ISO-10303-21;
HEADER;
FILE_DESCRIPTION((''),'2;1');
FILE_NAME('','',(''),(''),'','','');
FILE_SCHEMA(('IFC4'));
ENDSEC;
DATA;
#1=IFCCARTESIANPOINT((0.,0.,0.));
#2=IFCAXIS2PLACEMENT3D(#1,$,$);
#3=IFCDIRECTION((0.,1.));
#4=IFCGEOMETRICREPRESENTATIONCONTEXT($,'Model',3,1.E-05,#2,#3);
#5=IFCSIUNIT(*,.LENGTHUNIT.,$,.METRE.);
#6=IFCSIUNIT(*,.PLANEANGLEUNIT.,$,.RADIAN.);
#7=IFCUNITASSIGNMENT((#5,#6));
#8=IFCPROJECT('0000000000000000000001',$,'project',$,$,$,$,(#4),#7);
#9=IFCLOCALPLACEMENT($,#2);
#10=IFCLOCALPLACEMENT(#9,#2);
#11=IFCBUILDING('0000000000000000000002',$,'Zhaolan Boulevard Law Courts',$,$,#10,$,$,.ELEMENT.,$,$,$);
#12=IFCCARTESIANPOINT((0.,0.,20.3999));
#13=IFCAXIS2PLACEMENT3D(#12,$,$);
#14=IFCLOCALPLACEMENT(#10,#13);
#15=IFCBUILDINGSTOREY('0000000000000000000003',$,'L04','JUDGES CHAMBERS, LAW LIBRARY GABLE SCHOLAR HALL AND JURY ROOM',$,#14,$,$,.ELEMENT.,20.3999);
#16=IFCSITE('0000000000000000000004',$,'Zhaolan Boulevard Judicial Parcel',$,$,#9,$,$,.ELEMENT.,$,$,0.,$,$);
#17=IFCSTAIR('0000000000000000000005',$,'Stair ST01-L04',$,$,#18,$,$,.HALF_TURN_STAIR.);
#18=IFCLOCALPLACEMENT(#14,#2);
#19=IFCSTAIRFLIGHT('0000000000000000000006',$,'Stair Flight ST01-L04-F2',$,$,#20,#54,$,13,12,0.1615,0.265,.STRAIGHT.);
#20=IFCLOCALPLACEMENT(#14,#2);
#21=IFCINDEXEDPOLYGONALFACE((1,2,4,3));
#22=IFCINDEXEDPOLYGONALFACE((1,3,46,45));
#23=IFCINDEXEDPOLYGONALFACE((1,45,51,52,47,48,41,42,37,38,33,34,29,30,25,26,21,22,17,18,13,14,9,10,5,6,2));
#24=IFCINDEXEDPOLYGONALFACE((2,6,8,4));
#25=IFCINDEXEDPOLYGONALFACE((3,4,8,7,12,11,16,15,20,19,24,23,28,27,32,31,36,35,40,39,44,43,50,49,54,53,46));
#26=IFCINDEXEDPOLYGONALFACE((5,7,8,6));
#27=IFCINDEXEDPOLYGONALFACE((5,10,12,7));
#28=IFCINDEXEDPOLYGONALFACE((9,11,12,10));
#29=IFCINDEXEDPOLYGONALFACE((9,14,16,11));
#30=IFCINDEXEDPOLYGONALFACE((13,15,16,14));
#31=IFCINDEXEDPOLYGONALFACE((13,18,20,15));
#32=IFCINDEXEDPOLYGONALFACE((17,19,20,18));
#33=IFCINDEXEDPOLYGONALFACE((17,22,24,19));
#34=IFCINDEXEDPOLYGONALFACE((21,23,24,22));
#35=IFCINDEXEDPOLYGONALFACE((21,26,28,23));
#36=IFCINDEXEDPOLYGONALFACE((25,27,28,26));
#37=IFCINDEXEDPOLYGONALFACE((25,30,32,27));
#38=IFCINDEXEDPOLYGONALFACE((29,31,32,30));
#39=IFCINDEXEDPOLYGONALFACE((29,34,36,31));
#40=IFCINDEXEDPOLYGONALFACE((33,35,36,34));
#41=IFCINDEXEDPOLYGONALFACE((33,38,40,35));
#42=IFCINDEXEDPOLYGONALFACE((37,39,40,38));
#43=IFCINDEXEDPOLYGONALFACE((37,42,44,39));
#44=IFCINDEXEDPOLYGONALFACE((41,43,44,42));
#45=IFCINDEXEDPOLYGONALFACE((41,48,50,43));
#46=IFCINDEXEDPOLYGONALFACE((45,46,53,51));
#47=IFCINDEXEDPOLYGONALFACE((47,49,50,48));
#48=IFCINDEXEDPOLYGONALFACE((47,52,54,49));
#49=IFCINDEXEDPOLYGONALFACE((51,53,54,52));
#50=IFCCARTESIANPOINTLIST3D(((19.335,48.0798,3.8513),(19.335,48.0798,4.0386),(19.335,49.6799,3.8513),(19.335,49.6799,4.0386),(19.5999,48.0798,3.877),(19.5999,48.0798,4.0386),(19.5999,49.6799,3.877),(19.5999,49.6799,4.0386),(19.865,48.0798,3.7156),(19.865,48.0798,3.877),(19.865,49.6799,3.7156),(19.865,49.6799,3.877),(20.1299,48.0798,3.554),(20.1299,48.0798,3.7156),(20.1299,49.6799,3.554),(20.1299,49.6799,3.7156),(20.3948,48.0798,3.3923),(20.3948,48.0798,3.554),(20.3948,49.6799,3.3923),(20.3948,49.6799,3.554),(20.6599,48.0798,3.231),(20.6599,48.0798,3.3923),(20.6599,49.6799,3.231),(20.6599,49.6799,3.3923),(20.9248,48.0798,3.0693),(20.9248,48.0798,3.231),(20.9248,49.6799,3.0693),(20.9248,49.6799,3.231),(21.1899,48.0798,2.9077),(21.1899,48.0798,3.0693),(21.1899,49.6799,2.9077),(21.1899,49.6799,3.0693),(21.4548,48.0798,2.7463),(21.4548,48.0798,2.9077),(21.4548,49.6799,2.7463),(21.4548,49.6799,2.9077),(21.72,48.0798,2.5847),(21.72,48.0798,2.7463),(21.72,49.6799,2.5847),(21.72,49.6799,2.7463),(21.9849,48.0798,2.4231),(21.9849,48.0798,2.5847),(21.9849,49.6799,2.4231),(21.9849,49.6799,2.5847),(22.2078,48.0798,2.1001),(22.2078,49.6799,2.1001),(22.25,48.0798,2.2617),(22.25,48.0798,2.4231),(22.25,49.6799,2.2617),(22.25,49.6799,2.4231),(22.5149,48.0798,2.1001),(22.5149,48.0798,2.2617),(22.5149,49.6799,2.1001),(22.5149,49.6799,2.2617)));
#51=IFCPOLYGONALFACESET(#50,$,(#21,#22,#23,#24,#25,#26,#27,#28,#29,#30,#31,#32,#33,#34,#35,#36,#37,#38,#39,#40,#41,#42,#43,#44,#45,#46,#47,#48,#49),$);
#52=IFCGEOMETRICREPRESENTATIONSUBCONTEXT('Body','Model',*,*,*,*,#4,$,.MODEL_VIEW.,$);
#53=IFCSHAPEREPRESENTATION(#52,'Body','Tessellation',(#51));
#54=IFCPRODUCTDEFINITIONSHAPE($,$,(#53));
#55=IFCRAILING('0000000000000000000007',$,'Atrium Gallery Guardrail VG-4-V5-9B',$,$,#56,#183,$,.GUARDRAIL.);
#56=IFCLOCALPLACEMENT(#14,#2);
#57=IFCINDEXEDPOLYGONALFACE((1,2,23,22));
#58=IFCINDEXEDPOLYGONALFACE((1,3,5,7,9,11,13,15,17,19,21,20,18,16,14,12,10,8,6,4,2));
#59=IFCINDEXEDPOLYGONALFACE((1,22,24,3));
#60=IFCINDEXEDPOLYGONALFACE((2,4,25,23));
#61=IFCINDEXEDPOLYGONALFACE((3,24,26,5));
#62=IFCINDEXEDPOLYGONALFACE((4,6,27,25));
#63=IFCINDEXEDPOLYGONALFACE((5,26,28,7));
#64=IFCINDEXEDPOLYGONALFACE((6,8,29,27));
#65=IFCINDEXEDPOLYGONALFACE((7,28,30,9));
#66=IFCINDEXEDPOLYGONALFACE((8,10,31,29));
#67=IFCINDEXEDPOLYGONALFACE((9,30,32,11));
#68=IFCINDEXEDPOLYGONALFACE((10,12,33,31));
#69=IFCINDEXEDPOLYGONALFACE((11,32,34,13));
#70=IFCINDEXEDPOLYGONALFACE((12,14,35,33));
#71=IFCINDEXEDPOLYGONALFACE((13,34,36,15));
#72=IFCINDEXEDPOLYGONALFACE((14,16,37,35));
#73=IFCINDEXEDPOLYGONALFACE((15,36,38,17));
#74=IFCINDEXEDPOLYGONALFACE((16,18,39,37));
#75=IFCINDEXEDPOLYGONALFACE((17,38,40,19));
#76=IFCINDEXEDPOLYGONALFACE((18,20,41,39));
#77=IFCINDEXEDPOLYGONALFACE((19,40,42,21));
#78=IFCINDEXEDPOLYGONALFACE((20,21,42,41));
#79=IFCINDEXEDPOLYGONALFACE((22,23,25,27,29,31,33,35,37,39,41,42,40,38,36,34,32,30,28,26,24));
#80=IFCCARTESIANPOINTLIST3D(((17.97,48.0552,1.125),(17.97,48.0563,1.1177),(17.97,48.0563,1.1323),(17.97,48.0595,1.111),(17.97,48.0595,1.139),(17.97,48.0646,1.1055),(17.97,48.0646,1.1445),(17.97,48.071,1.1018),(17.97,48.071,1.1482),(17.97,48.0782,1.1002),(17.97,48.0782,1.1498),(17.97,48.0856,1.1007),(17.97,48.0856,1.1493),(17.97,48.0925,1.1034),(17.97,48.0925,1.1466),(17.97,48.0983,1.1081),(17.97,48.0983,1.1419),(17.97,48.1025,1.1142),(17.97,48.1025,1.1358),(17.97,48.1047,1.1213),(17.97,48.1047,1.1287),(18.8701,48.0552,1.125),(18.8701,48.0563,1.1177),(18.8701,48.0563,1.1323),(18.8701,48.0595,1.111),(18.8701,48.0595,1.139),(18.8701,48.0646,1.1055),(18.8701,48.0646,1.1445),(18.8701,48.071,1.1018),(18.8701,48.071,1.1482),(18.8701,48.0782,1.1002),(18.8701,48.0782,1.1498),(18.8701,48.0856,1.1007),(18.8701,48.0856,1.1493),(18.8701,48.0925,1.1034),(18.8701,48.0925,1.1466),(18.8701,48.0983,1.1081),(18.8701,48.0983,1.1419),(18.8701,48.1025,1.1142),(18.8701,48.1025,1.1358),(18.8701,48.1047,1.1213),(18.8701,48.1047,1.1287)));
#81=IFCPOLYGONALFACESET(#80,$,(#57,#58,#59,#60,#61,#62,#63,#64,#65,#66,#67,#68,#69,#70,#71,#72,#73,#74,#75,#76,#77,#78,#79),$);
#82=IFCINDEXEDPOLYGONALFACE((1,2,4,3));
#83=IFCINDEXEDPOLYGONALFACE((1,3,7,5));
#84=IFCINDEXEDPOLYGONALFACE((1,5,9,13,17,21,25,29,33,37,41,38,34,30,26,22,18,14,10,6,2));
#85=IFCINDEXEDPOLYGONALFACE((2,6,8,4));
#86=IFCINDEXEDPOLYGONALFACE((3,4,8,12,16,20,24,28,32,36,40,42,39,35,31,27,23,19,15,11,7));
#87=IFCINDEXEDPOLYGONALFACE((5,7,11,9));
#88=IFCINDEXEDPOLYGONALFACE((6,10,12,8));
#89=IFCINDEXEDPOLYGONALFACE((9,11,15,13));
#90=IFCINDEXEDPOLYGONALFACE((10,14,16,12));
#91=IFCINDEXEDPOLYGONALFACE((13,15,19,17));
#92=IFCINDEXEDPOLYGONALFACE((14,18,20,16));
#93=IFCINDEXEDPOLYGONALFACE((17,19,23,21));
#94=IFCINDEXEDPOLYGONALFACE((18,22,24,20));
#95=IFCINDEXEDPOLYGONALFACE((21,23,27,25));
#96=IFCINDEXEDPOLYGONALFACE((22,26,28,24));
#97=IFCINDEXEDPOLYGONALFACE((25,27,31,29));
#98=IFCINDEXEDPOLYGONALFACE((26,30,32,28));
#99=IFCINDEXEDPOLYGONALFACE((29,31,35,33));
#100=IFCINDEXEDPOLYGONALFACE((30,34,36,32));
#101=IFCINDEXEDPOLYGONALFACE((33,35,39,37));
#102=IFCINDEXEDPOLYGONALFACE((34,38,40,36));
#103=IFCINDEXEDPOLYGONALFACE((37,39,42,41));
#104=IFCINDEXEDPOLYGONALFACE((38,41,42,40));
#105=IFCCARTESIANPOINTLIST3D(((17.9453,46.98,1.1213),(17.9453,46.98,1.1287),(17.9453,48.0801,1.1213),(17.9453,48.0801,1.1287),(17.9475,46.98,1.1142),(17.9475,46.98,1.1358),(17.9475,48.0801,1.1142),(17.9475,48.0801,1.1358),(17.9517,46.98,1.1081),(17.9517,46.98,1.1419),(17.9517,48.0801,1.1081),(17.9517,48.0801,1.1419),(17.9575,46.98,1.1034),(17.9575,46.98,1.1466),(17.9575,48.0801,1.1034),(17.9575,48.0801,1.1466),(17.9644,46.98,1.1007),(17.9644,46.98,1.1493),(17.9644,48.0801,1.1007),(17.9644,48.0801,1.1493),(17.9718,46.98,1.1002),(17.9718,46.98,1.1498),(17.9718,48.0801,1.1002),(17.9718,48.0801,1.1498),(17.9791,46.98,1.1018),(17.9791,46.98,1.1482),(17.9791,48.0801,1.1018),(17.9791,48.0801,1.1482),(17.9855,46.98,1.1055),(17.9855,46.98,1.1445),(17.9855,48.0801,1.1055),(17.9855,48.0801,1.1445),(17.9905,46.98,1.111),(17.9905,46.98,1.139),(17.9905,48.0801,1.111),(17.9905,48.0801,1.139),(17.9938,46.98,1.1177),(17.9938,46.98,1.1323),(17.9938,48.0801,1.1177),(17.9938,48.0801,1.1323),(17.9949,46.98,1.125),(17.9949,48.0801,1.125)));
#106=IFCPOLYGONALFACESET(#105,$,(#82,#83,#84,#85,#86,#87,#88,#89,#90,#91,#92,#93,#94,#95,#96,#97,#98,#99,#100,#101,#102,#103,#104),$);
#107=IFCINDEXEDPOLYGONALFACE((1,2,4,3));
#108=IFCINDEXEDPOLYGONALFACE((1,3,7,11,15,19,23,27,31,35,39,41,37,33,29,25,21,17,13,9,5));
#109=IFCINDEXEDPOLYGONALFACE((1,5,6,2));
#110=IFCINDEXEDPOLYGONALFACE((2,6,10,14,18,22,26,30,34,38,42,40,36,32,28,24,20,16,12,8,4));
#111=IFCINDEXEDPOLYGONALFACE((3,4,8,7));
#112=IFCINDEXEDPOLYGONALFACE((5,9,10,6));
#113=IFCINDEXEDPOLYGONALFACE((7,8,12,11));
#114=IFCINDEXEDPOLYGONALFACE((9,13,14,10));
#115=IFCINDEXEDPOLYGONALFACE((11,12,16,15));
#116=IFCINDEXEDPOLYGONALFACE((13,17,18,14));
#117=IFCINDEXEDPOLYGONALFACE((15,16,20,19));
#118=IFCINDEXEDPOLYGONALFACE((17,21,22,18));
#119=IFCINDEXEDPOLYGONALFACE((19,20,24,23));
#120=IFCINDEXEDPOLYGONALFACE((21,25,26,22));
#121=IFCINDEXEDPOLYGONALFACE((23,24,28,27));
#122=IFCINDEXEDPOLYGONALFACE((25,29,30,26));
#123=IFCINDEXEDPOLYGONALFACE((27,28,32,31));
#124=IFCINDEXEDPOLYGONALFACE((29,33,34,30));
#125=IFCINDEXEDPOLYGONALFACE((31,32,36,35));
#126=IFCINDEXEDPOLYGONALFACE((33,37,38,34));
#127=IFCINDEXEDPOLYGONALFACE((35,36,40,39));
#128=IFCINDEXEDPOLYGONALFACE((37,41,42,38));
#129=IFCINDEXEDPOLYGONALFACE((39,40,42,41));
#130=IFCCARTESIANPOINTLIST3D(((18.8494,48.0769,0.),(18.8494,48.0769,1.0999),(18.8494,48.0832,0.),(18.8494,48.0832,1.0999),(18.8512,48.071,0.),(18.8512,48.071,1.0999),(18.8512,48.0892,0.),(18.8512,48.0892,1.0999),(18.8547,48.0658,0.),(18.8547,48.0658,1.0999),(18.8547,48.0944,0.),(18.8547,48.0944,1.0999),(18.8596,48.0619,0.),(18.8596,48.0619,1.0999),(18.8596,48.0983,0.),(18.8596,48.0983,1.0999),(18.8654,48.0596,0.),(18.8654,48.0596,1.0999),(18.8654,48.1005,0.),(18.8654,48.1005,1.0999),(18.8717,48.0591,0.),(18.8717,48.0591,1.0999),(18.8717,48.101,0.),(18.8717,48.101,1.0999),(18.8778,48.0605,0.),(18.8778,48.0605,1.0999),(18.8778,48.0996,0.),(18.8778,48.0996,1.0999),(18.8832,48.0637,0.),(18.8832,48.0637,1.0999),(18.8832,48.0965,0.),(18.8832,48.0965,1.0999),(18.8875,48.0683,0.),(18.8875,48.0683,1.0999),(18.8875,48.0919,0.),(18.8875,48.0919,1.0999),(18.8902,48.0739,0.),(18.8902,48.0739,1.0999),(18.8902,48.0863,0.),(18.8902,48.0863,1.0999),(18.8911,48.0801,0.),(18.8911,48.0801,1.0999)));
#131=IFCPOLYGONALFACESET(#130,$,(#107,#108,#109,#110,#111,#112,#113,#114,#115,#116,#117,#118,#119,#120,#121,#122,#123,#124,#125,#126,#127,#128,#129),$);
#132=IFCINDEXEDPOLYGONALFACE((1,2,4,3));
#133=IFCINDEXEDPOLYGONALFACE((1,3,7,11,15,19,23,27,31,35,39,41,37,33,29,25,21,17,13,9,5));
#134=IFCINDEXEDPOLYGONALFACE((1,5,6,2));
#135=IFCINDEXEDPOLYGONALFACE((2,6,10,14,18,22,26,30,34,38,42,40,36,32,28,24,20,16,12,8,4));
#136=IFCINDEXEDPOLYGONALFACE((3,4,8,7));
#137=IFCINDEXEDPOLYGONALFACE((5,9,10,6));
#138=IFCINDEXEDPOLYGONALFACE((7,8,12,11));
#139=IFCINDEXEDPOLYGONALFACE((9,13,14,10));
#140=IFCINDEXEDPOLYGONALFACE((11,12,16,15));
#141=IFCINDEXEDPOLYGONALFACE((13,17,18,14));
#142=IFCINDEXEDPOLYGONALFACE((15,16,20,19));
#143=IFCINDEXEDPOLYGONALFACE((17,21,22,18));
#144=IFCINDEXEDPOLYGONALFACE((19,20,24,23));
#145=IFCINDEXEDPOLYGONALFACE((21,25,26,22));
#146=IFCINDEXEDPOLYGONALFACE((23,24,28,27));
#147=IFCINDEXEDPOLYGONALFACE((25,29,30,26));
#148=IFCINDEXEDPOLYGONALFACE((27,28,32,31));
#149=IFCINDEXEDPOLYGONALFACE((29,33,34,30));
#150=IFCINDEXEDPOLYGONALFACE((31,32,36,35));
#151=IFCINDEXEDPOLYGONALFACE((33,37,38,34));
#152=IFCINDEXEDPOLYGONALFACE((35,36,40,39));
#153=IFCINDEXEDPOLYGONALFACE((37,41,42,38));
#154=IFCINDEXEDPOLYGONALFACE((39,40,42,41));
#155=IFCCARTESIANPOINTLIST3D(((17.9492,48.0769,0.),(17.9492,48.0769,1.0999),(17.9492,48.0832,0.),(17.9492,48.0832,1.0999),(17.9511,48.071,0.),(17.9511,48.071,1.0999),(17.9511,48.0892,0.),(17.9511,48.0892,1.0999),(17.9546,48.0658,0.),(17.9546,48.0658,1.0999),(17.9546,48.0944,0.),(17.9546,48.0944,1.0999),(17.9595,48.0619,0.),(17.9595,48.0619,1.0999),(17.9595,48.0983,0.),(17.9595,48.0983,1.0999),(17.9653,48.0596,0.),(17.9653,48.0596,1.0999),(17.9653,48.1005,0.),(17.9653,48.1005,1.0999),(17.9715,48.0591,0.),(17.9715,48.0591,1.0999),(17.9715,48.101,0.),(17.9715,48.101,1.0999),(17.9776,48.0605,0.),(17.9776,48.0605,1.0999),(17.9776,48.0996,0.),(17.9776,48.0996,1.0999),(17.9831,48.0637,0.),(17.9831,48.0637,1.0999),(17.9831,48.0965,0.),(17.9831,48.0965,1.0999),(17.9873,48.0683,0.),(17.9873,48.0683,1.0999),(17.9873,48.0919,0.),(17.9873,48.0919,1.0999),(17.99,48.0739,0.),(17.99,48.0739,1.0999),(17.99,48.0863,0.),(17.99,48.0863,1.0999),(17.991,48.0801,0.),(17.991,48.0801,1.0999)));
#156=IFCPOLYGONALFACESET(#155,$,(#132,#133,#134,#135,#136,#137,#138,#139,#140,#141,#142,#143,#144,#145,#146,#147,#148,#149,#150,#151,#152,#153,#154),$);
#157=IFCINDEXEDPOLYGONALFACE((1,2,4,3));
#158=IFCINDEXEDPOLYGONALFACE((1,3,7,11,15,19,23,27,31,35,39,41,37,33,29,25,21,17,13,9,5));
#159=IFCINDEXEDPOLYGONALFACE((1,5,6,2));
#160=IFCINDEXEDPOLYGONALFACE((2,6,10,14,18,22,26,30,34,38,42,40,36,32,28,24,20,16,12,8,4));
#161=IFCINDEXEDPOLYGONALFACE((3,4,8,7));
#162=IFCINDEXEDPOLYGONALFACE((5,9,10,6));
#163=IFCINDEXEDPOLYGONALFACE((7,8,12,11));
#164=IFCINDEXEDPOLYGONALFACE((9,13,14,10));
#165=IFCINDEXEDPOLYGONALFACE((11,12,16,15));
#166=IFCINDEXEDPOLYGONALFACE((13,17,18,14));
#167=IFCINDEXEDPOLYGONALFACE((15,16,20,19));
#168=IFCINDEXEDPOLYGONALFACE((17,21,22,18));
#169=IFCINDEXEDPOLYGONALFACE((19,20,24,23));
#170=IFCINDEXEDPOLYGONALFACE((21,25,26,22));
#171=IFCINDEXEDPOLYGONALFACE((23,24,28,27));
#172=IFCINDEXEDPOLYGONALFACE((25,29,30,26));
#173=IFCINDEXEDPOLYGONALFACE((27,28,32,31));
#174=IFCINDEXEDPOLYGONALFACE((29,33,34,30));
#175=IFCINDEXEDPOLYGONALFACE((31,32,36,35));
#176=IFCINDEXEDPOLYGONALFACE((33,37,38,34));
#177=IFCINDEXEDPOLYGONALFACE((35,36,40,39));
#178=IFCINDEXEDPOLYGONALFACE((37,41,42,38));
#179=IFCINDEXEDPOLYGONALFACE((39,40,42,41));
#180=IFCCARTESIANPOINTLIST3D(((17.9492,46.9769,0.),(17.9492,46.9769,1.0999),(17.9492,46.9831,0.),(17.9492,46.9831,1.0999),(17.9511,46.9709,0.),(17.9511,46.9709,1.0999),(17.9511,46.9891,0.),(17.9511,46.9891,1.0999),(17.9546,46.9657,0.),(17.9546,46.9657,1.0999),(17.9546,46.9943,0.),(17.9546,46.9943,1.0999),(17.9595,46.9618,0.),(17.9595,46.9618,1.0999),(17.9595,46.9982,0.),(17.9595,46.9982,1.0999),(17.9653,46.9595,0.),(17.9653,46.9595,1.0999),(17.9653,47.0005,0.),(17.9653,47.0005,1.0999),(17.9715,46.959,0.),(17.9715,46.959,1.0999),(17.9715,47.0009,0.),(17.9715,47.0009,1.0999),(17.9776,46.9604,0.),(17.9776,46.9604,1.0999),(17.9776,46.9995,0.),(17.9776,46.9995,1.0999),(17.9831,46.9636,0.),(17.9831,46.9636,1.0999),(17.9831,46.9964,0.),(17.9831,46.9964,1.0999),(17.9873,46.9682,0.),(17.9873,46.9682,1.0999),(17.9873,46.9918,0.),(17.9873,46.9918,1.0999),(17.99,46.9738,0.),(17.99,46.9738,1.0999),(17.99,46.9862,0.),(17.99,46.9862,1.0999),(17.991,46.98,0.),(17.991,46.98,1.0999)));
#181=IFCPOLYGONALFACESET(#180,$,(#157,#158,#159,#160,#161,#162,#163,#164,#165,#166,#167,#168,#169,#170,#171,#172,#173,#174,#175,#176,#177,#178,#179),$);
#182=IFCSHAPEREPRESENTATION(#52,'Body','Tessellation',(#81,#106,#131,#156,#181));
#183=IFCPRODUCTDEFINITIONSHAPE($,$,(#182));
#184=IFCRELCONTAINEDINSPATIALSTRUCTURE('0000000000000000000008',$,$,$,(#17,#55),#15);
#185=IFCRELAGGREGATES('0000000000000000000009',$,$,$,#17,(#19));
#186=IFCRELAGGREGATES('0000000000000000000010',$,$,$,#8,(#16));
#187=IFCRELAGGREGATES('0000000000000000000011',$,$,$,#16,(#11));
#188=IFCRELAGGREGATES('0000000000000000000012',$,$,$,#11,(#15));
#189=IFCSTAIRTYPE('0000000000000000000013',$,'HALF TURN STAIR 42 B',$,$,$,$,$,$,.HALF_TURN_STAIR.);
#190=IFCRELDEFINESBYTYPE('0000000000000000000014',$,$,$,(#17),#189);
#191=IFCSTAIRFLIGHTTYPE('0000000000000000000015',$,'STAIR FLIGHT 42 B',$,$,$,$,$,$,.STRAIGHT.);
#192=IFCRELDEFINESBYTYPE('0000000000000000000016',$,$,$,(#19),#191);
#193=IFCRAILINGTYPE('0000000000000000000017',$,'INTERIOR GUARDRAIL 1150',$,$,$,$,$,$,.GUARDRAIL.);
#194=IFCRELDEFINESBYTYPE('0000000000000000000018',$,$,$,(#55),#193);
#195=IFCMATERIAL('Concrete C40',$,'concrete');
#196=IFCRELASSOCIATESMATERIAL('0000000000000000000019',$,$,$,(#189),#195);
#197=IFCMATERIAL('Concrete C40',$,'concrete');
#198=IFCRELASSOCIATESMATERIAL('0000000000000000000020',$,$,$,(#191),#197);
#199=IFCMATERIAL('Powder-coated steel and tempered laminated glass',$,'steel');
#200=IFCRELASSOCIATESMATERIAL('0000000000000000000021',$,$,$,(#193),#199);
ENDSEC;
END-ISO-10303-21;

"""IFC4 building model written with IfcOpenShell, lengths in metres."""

from ifc_helpers import new_model, si_unit, direction, frame, origin, origin_2d, place, context, subcontext, project, spatial, polyline, circle, outline, extrude, material, type_object, element, aggregate, save


model = new_model("IFC4")

# Units and contexts
model_context = context("Model", 3, precision=1e-05, world=origin(), true_north=direction((0.0, 1.0)))
body_context = subcontext(model_context, "Body", "Model", "MODEL_VIEW")
ifc_project = project(units=[si_unit("LENGTHUNIT", "METRE"), si_unit("PLANEANGLEUNIT", "RADIAN")], contexts=[model_context])

# Site, building, storey
site_placement = place(None, origin())
site = spatial("IfcSite", under=ifc_project, at=site_placement, Name="Zhaolan Boulevard Judicial Parcel", CompositionType="ELEMENT", RefElevation=0.0)
building_placement = place(site_placement, origin())
building = spatial("IfcBuilding", under=site, at=building_placement, Name="Zhaolan Boulevard Law Courts", CompositionType="ELEMENT")
storey_placement = place(building_placement, frame((0.0, 0.0, 20.3999)))
storey = spatial("IfcBuildingStorey", under=building, at=storey_placement, Name="L04", Description="JUDGES CHAMBERS, LAW LIBRARY GABLE SCHOLAR HALL AND JURY ROOM", CompositionType="ELEMENT", Elevation=20.3999)

# Stair, stair flight
ifc_material_1 = material(Name="Concrete C40", Category="concrete")
stair_type = type_object("IfcStairType", Name="HALF TURN STAIR 42 B", PredefinedType="HALF_TURN_STAIR", material=ifc_material_1)
stair_placement = place(storey_placement, origin())
stair = element("IfcStair", 1, at=stair_placement, inside=storey, type_object=stair_type, Name="Stair ST01-L04", PredefinedType="HALF_TURN_STAIR")
ifc_material_2 = material(Name="Concrete C40", Category="concrete")
stair_flight_type = type_object("IfcStairFlightType", Name="STAIR FLIGHT 42 B", PredefinedType="STRAIGHT", material=ifc_material_2)
stair_flight_1_placement = place(storey_placement, frame((22.5149, 48.8799, 2.1001), z_axis=(0.0, 0.0, 1.0), x_axis=(-1.0, 0.0, 0.0)))
stair_flight_1 = element("IfcStairFlight", 2, at=stair_flight_1_placement, type_object=stair_flight_type, Name="Stair Flight ST01-L04-F2", NumberOfRisers=13, NumberOfTreads=12, PredefinedType="STRAIGHT", RiserHeight=0.1615, TreadLength=0.265, context=body_context, shape_type="SweptSolid", body=[
    extrude(outline(polyline([(0.0, 0.0), (0.0, 0.1616), (0.2649, 0.1616), (0.2649, 0.323), (0.53, 0.323), (0.53, 0.4846), (0.7949, 0.4846), (0.7949, 0.6462), (1.0601, 0.6462), (1.0601, 0.8076), (1.325, 0.8076), (1.325, 0.9692), (1.5901, 0.9692), (1.5901, 1.1309), (1.855, 1.1309), (1.855, 1.2922), (2.1201, 1.2922), (2.1201, 1.4539), (2.385, 1.4539), (2.385, 1.6155), (2.6499, 1.6155), (2.6499, 1.7769), (2.915, 1.7769), (2.915, 1.9385), (3.1799, 1.9385), (3.1799, 2.1001), (3.1799, 1.7512), (0.3071, 0.0), (0.0, 0.0)])), frame((0.0, 0.8, 0.0), z_axis=(0.0, -1.0, 0.0), x_axis=(1.0, 0.0, 0.0)), (0.0, 0.0, 1.0), 1.6001),
])
aggregate(stair, [stair_flight_1])

# Railing
ifc_material_3 = material(Name="Powder-coated steel and tempered laminated glass", Category="steel")
railing_type_1 = type_object("IfcRailingType", Name="INTERIOR GUARDRAIL 1150", PredefinedType="GUARDRAIL", material=ifc_material_3)
railing_1_placement = place(storey_placement, frame((18.8701, 48.0801, 0.0)))
element("IfcRailing", 3, at=railing_1_placement, inside=storey, type_object=railing_type_1, Name="Atrium Gallery Guardrail VG-4-V5-9B", PredefinedType="GUARDRAIL", context=body_context, shape_type="SweptSolid", body=[
    extrude(circle(Radius=0.0249, at=origin_2d()), frame((0.0, 0.0, 1.125), z_axis=(-1.0, 0.0, 0.0), x_axis=(0.0, -1.0, 0.0)), (0.0, 0.0, 1.0), 0.9001),
    extrude(circle(Radius=0.0249, at=origin_2d()), frame((-0.9001, 0.0, 1.125), z_axis=(0.0, -1.0, 0.0), x_axis=(1.0, 0.0, 0.0)), (0.0, 0.0, 1.0), 1.1001),
    extrude(circle(Radius=0.021, at=origin_2d()), origin(), (0.0, 0.0, 1.0), 1.0999),
    extrude(circle(Radius=0.021, at=origin_2d()), frame((-0.9001, 0.0, 0.0)), (0.0, 0.0, 1.0), 1.0999),
    extrude(circle(Radius=0.021, at=origin_2d()), frame((-0.9001, -1.1001, 0.0)), (0.0, 0.0, 1.0), 1.0999),
])

save(model, "model.ifc")
